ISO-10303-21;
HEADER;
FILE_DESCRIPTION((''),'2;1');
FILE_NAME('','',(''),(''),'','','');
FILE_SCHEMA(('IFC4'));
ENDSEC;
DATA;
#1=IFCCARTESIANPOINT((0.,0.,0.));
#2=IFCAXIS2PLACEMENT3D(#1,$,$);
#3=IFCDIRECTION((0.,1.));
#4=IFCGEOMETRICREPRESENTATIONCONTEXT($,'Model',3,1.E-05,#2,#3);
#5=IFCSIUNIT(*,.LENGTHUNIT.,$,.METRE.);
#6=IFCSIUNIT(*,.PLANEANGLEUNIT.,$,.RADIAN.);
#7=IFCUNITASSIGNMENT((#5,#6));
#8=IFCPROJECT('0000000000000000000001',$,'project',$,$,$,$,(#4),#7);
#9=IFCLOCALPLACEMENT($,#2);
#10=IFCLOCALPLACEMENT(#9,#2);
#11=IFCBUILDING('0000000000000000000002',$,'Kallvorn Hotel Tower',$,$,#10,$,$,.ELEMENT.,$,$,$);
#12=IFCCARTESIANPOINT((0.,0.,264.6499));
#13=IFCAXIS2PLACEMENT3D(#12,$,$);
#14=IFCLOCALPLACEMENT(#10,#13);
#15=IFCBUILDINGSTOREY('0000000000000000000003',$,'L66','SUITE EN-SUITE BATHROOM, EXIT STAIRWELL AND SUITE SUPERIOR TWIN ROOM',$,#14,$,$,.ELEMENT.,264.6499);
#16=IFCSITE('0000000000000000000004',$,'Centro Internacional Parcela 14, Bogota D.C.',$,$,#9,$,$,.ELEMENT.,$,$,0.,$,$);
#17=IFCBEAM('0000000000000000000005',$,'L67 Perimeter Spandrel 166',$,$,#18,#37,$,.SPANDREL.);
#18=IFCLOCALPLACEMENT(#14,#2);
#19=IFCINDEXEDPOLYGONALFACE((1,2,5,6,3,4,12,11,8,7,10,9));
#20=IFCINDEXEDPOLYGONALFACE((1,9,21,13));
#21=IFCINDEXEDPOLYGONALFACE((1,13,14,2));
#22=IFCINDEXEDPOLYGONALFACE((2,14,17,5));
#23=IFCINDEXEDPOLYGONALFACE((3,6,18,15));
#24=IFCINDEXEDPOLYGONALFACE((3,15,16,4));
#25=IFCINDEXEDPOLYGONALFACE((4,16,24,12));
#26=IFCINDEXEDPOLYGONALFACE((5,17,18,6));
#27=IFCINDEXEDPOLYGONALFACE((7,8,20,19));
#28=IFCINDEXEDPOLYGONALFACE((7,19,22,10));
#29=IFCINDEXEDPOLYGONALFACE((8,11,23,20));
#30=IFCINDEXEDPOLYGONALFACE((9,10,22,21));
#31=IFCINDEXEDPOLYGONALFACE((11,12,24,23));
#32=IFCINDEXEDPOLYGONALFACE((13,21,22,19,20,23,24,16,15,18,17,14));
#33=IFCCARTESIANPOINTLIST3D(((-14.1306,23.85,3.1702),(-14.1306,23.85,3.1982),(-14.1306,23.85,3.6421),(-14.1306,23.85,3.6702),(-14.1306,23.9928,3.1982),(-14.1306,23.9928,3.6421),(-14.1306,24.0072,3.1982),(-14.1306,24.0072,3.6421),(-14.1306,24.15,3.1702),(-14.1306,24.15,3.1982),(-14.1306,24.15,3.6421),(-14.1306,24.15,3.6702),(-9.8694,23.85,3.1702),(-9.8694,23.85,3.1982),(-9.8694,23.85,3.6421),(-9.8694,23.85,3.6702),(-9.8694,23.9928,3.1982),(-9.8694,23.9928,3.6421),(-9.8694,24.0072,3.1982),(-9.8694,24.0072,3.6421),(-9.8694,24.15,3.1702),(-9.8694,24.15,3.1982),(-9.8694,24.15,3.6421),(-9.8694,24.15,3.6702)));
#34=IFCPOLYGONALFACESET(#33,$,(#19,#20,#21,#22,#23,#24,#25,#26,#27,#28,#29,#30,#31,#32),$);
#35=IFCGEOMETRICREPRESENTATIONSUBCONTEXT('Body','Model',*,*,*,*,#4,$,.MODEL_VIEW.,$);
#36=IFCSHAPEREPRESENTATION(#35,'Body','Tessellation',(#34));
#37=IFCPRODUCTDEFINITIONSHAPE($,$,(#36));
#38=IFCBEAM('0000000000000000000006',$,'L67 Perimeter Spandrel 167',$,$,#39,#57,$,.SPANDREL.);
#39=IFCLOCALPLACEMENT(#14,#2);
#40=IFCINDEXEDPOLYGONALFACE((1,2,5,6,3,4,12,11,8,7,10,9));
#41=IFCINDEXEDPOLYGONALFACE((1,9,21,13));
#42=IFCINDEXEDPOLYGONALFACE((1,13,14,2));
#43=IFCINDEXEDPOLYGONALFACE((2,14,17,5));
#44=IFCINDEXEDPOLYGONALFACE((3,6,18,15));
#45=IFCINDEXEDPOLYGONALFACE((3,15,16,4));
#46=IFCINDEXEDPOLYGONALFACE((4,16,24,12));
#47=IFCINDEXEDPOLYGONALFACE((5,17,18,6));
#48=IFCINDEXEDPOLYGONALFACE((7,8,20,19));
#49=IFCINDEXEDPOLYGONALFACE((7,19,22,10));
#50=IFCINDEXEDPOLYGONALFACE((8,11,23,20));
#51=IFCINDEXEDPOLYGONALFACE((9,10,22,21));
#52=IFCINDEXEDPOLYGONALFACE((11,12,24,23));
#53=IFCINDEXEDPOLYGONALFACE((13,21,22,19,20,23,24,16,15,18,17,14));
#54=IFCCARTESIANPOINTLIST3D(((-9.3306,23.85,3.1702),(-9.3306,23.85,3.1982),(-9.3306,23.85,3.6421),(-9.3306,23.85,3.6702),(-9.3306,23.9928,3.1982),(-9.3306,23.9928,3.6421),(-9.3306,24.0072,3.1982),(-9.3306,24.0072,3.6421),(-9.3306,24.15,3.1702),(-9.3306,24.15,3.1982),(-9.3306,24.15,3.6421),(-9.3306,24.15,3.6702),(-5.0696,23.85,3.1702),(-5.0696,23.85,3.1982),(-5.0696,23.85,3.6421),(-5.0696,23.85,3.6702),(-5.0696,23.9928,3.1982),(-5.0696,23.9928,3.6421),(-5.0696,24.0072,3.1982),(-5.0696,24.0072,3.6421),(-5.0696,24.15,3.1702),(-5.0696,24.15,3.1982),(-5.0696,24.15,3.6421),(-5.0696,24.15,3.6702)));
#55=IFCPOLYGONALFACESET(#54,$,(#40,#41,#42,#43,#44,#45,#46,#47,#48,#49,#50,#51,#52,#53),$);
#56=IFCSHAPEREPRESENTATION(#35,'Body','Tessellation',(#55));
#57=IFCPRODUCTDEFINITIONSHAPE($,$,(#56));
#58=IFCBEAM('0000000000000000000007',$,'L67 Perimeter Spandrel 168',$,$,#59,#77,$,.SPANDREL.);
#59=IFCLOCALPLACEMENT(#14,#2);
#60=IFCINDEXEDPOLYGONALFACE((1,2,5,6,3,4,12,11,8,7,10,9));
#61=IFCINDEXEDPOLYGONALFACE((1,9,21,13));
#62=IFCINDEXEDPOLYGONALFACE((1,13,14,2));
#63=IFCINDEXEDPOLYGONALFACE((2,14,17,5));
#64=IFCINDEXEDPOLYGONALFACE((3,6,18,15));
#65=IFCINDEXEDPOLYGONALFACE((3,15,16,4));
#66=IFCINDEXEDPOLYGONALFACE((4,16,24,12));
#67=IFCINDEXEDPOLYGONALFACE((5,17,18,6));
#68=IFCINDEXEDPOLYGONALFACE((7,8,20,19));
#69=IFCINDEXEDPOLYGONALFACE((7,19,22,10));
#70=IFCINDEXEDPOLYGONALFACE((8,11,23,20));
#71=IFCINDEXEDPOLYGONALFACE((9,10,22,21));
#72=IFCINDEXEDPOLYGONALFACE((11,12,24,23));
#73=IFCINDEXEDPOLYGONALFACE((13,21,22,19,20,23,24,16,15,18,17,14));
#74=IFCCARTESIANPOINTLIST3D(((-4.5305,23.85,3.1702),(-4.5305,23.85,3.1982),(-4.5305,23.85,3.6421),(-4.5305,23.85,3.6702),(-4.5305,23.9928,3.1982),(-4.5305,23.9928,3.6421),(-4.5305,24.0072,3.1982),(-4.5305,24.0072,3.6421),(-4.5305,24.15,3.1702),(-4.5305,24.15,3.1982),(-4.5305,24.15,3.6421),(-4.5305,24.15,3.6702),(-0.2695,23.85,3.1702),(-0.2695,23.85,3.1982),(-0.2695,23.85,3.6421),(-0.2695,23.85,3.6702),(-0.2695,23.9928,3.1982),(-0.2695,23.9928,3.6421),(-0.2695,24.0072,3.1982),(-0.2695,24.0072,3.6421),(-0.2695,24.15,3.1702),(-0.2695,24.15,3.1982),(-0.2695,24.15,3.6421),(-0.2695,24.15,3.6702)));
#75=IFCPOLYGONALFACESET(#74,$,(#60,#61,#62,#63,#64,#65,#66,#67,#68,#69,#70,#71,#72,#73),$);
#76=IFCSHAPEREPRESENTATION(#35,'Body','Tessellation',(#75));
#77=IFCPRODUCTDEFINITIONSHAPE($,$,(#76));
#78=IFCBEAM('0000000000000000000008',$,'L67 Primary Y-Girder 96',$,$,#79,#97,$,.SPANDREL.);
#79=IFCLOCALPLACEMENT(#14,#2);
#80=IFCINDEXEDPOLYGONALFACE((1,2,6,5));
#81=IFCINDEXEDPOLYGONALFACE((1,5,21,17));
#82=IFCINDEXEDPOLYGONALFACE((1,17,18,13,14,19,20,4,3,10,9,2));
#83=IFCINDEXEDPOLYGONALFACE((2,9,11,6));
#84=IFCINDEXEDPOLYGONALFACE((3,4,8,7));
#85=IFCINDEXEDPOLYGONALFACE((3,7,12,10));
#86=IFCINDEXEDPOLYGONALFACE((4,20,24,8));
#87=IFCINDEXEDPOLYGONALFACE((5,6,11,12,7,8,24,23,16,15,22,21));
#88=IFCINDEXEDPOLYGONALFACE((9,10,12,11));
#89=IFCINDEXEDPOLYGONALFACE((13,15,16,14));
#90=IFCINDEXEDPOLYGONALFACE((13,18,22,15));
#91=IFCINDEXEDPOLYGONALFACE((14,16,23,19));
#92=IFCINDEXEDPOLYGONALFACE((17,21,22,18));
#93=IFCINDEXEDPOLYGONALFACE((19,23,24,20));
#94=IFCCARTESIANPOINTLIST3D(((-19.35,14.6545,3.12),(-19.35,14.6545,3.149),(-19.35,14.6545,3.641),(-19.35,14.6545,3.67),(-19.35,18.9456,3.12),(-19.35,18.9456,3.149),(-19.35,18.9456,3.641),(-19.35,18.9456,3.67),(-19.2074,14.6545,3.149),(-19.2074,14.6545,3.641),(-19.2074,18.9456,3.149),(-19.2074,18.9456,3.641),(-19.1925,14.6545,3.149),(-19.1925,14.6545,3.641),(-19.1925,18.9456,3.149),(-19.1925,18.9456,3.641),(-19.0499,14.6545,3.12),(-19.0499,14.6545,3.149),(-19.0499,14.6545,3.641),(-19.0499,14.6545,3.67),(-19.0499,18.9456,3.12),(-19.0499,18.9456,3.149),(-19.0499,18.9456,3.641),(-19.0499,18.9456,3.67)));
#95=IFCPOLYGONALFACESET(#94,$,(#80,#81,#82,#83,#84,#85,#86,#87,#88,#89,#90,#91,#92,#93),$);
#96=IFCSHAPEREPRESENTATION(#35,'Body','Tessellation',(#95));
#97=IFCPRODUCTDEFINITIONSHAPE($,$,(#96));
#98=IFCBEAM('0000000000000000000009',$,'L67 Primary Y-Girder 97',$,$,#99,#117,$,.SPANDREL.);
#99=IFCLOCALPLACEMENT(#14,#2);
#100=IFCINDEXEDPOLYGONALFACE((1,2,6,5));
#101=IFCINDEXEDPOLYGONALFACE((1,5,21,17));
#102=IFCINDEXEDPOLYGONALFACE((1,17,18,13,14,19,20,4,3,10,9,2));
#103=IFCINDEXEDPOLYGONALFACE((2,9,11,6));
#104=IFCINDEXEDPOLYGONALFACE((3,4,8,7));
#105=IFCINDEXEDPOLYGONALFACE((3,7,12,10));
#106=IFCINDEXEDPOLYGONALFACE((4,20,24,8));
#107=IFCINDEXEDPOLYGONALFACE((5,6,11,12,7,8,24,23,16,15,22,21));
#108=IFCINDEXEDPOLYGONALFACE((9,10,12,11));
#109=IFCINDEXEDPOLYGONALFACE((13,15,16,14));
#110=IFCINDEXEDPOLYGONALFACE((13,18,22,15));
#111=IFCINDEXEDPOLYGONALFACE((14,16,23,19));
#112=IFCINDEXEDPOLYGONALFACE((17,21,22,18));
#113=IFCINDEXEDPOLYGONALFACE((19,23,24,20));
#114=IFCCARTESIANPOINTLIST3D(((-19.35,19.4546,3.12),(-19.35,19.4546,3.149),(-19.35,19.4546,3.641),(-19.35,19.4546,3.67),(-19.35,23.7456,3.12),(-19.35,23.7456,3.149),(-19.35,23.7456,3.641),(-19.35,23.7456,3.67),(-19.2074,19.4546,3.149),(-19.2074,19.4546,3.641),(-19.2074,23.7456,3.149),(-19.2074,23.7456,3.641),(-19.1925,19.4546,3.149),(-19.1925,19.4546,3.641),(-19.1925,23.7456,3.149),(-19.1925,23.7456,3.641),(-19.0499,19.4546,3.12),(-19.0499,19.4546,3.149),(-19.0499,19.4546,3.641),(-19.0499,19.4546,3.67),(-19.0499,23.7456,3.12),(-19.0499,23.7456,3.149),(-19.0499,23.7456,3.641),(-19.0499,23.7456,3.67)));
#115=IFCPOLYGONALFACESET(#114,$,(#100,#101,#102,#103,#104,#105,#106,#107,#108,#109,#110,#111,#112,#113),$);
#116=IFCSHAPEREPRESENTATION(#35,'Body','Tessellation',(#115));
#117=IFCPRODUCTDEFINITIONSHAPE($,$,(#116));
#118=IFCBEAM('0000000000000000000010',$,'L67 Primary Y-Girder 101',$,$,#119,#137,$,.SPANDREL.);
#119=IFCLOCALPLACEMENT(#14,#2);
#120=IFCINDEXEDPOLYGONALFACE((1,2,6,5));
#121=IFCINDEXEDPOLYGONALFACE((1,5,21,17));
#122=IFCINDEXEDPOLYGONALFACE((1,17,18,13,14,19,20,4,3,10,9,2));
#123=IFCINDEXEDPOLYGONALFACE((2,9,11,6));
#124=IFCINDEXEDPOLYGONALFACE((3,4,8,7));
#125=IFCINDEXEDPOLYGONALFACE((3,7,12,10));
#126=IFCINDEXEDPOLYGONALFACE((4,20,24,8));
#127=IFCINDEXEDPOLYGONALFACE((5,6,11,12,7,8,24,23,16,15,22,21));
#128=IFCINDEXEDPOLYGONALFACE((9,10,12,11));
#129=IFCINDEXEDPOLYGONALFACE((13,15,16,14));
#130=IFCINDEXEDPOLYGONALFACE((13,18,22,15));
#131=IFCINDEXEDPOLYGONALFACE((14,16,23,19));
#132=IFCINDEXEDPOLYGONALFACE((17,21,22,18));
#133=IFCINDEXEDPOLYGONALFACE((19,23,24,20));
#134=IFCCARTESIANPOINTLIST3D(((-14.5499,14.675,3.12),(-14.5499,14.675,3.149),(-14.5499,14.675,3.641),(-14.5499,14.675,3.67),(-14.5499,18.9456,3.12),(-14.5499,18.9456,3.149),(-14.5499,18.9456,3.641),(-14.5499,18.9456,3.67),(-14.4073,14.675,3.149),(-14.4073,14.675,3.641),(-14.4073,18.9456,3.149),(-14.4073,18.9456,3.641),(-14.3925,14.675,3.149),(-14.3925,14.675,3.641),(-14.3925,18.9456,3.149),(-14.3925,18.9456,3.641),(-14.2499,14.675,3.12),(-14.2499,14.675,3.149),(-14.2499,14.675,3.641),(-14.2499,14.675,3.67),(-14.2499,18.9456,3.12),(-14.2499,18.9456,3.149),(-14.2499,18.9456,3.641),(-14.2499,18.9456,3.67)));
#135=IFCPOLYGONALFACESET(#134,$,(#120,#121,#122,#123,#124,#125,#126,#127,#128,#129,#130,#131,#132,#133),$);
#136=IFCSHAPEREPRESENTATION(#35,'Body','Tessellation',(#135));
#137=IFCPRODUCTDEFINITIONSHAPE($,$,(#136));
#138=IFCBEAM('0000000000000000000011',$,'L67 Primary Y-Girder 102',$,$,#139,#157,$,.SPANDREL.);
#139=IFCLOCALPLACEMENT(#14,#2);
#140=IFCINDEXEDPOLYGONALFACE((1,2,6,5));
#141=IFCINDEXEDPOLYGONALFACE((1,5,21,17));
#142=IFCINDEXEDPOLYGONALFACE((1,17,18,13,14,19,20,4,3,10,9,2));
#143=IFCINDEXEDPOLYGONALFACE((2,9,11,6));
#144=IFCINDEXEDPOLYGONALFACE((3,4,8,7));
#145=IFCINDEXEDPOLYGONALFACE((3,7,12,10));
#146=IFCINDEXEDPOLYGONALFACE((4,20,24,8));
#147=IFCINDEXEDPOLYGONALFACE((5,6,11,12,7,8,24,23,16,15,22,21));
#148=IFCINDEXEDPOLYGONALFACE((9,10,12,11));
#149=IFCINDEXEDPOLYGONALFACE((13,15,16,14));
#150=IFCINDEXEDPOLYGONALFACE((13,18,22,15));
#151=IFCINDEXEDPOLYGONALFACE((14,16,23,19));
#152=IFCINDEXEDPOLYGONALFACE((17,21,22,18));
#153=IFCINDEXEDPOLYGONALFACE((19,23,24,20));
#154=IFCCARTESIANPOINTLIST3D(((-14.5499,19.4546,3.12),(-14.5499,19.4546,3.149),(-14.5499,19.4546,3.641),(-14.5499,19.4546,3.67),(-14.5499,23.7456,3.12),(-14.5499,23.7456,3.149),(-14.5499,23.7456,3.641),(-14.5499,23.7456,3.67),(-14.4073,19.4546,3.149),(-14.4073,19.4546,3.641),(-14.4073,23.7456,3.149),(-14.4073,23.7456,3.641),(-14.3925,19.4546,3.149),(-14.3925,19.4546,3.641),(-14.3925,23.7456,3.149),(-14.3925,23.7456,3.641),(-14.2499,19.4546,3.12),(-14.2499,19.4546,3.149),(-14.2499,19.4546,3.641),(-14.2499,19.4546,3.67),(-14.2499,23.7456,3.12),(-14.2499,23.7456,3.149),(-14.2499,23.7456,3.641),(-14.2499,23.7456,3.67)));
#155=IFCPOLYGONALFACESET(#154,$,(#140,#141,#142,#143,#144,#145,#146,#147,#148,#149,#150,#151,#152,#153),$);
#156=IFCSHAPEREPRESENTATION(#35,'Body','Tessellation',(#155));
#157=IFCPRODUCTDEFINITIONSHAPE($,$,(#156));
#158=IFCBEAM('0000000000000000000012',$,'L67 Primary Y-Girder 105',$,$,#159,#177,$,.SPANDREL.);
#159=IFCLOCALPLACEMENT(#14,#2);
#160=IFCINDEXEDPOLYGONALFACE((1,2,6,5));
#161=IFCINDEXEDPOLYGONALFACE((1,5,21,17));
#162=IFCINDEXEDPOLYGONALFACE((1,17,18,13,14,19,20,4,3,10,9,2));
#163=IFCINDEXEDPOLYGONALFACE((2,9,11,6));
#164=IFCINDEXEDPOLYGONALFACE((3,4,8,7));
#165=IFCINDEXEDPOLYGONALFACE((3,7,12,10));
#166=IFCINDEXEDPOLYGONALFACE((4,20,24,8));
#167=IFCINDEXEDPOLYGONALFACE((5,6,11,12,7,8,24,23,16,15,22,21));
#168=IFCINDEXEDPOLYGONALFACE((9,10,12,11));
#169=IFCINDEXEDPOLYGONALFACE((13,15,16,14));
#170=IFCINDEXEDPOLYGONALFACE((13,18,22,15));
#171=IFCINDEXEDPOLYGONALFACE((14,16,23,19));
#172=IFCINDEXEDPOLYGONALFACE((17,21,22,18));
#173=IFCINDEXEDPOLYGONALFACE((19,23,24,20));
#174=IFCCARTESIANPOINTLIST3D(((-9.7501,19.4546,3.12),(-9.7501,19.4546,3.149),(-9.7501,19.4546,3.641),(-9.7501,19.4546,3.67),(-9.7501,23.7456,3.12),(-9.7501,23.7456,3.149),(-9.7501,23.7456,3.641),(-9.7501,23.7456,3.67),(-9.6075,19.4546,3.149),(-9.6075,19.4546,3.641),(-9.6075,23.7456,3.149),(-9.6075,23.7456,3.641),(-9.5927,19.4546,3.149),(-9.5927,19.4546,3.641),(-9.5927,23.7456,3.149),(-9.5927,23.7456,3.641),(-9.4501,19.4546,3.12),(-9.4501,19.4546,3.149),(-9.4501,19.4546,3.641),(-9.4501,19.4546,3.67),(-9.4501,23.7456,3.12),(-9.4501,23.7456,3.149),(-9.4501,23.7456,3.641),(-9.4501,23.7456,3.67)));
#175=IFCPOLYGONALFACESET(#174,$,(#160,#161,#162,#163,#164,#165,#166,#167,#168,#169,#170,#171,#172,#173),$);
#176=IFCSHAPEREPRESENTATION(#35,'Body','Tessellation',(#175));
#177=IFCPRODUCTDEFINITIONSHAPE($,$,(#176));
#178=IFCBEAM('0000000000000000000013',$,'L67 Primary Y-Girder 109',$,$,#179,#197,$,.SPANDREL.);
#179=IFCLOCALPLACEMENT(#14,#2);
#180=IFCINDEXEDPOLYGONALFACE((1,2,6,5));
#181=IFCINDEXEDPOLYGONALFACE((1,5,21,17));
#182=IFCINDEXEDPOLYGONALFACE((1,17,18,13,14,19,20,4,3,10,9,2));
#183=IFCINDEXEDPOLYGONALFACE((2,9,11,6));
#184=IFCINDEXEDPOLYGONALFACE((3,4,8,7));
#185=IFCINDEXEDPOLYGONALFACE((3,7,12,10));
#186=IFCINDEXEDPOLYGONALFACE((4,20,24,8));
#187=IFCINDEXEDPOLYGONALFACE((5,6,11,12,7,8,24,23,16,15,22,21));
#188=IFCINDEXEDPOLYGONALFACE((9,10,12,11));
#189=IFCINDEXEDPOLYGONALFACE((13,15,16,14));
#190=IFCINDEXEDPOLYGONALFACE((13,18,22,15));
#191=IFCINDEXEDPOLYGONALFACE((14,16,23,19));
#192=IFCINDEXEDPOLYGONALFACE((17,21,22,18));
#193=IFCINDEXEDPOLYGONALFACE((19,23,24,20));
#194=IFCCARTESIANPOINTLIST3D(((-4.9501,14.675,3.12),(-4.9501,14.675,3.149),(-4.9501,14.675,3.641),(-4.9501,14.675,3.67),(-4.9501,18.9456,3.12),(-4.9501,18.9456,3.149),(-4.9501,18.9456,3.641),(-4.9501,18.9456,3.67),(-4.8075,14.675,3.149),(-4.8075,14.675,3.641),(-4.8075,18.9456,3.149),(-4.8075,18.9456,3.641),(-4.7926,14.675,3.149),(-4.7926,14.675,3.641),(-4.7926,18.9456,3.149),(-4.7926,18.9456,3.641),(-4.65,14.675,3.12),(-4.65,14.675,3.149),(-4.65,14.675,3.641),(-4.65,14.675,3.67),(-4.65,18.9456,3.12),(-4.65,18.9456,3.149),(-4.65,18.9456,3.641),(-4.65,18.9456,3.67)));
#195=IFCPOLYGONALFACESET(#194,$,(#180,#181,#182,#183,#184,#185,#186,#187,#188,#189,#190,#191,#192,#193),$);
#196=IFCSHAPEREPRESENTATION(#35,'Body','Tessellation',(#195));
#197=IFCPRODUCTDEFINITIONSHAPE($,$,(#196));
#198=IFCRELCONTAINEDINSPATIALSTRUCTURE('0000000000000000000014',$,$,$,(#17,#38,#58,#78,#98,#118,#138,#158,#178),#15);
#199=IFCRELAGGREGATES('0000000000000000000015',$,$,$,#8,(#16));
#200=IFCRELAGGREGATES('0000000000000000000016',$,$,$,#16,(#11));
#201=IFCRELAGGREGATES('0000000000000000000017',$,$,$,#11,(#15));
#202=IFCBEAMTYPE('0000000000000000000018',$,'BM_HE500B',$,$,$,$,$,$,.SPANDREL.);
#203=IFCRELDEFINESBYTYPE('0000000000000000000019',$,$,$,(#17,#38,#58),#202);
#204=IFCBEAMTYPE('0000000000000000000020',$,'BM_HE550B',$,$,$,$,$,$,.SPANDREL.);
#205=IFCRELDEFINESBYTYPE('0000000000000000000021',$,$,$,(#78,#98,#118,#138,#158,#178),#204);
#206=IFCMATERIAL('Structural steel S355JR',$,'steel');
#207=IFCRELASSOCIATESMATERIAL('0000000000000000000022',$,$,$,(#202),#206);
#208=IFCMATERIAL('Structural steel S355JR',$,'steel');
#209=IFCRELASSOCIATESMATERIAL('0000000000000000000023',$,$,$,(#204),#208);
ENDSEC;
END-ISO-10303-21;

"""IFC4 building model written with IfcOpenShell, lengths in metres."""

from ifc_helpers import new_model, si_unit, direction, frame, origin, origin_2d, place, context, subcontext, project, spatial, i_section, extrude, material, material_profile, profile_set, type_object, element, save


model = new_model("IFC4")

# Units and contexts
model_context = context("Model", 3, precision=1e-05, world=origin(), true_north=direction((0.0, 1.0)))
body_context = subcontext(model_context, "Body", "Model", "MODEL_VIEW")
ifc_project = project(units=[si_unit("LENGTHUNIT", "METRE"), si_unit("PLANEANGLEUNIT", "RADIAN")], contexts=[model_context])

# Site, building, storey
site_placement = place(None, origin())
site = spatial("IfcSite", under=ifc_project, at=site_placement, Name="Centro Internacional Parcela 14, Bogota D.C.", CompositionType="ELEMENT", RefElevation=0.0)
building_placement = place(site_placement, origin())
building = spatial("IfcBuilding", under=site, at=building_placement, Name="Kallvorn Hotel Tower", CompositionType="ELEMENT")
storey_placement = place(building_placement, frame((0.0, 0.0, 264.6499)))
storey = spatial("IfcBuildingStorey", under=building, at=storey_placement, Name="L66", Description="SUITE EN-SUITE BATHROOM, EXIT STAIRWELL AND SUITE SUPERIOR TWIN ROOM", CompositionType="ELEMENT", Elevation=264.6499)

# Beams
ifc_material_1 = material(Name="Structural steel S355JR", Category="steel")
ifc_material_profile_1 = material_profile(ifc_material_1, i_section(OverallWidth=0.3, OverallDepth=0.5, WebThickness=0.0144, FlangeThickness=0.0281, at=origin_2d()), Name="HE 500 B")
ifc_profile_set_1 = profile_set([ifc_material_profile_1], Name="Structural steel S355JR")
beam_type_1 = type_object("IfcBeamType", Name="BM_HE500B", PredefinedType="SPANDREL", material=ifc_profile_set_1)
beam_1_placement = place(storey_placement, frame((-14.1306, 24.0, 3.4202), z_axis=(1.0, 0.0, 0.0), x_axis=(0.0, 1.0, 0.0)))
element("IfcBeam", 1, at=beam_1_placement, inside=storey, type_object=beam_type_1, Name="L67 Perimeter Spandrel 166", PredefinedType="SPANDREL", context=body_context, shape_type="SweptSolid", body=[
    extrude(i_section(OverallWidth=0.3, OverallDepth=0.5, WebThickness=0.0144, FlangeThickness=0.0281, at=origin_2d()), origin(), (0.0, 0.0, 1.0), 4.2612),
])
for number, where, z_axis, x_axis, name in (
    (2, (-9.3306, 24.0, 3.4202), (1.0, 0.0, 0.0), (0.0, 1.0, 0.0), "L67 Perimeter Spandrel 167"),
    (3, (-4.5305, 24.0, 3.4202), (1.0, 0.0, 0.0), (0.0, 1.0, 0.0), "L67 Perimeter Spandrel 168"),
):
    element("IfcBeam", number, at=place(storey_placement, frame(where, z_axis=z_axis, x_axis=x_axis)), inside=storey, type_object=beam_type_1, Name=name, PredefinedType="SPANDREL", context=body_context, shape_type="SweptSolid", body=[
        extrude(i_section(OverallWidth=0.3, OverallDepth=0.5, WebThickness=0.0144, FlangeThickness=0.0281, at=origin_2d()), origin(), (0.0, 0.0, 1.0), 4.261),
    ])
ifc_material_2 = material(Name="Structural steel S355JR", Category="steel")
ifc_material_profile_2 = material_profile(ifc_material_2, i_section(OverallWidth=0.3, OverallDepth=0.55, WebThickness=0.0149, FlangeThickness=0.0291, at=origin_2d()), Name="HE 550 B")
ifc_profile_set_2 = profile_set([ifc_material_profile_2], Name="Structural steel S355JR")
beam_type_2 = type_object("IfcBeamType", Name="BM_HE550B", PredefinedType="SPANDREL", material=ifc_profile_set_2)
for number, where, z_axis, x_axis, name in (
    (4, (-19.2, 14.6545, 3.395), (0.0, 1.0, 0.0), (-1.0, 0.0, 0.0), "L67 Primary Y-Girder 96"),
    (5, (-19.2, 19.4546, 3.395), (0.0, 1.0, 0.0), (-1.0, 0.0, 0.0), "L67 Primary Y-Girder 97"),
):
    element("IfcBeam", number, at=place(storey_placement, frame(where, z_axis=z_axis, x_axis=x_axis)), inside=storey, type_object=beam_type_2, Name=name, PredefinedType="SPANDREL", context=body_context, shape_type="SweptSolid", body=[
        extrude(i_section(OverallWidth=0.3, OverallDepth=0.55, WebThickness=0.0149, FlangeThickness=0.0291, at=origin_2d()), origin(), (0.0, 0.0, 1.0), 4.291),
    ])
beam_2_placement = place(storey_placement, frame((-14.3999, 14.675, 3.395), z_axis=(0.0, 1.0, 0.0), x_axis=(-1.0, 0.0, 0.0)))
element("IfcBeam", 6, at=beam_2_placement, inside=storey, type_object=beam_type_2, Name="L67 Primary Y-Girder 101", PredefinedType="SPANDREL", context=body_context, shape_type="SweptSolid", body=[
    extrude(i_section(OverallWidth=0.3, OverallDepth=0.55, WebThickness=0.0149, FlangeThickness=0.0291, at=origin_2d()), origin(), (0.0, 0.0, 1.0), 4.2705),
])
for number, where, z_axis, x_axis, name in (
    (7, (-14.3999, 19.4546, 3.395), (0.0, 1.0, 0.0), (-1.0, 0.0, 0.0), "L67 Primary Y-Girder 102"),
    (8, (-9.6001, 19.4546, 3.395), (0.0, 1.0, 0.0), (-1.0, 0.0, 0.0), "L67 Primary Y-Girder 105"),
):
    element("IfcBeam", number, at=place(storey_placement, frame(where, z_axis=z_axis, x_axis=x_axis)), inside=storey, type_object=beam_type_2, Name=name, PredefinedType="SPANDREL", context=body_context, shape_type="SweptSolid", body=[
        extrude(i_section(OverallWidth=0.3, OverallDepth=0.55, WebThickness=0.0149, FlangeThickness=0.0291, at=origin_2d()), origin(), (0.0, 0.0, 1.0), 4.291),
    ])
beam_3_placement = place(storey_placement, frame((-4.8, 14.675, 3.395), z_axis=(0.0, 1.0, 0.0), x_axis=(-1.0, 0.0, 0.0)))
element("IfcBeam", 9, at=beam_3_placement, inside=storey, type_object=beam_type_2, Name="L67 Primary Y-Girder 109", PredefinedType="SPANDREL", context=body_context, shape_type="SweptSolid", body=[
    extrude(i_section(OverallWidth=0.3, OverallDepth=0.55, WebThickness=0.0149, FlangeThickness=0.0291, at=origin_2d()), origin(), (0.0, 0.0, 1.0), 4.2705),
])

save(model, "model.ifc")
